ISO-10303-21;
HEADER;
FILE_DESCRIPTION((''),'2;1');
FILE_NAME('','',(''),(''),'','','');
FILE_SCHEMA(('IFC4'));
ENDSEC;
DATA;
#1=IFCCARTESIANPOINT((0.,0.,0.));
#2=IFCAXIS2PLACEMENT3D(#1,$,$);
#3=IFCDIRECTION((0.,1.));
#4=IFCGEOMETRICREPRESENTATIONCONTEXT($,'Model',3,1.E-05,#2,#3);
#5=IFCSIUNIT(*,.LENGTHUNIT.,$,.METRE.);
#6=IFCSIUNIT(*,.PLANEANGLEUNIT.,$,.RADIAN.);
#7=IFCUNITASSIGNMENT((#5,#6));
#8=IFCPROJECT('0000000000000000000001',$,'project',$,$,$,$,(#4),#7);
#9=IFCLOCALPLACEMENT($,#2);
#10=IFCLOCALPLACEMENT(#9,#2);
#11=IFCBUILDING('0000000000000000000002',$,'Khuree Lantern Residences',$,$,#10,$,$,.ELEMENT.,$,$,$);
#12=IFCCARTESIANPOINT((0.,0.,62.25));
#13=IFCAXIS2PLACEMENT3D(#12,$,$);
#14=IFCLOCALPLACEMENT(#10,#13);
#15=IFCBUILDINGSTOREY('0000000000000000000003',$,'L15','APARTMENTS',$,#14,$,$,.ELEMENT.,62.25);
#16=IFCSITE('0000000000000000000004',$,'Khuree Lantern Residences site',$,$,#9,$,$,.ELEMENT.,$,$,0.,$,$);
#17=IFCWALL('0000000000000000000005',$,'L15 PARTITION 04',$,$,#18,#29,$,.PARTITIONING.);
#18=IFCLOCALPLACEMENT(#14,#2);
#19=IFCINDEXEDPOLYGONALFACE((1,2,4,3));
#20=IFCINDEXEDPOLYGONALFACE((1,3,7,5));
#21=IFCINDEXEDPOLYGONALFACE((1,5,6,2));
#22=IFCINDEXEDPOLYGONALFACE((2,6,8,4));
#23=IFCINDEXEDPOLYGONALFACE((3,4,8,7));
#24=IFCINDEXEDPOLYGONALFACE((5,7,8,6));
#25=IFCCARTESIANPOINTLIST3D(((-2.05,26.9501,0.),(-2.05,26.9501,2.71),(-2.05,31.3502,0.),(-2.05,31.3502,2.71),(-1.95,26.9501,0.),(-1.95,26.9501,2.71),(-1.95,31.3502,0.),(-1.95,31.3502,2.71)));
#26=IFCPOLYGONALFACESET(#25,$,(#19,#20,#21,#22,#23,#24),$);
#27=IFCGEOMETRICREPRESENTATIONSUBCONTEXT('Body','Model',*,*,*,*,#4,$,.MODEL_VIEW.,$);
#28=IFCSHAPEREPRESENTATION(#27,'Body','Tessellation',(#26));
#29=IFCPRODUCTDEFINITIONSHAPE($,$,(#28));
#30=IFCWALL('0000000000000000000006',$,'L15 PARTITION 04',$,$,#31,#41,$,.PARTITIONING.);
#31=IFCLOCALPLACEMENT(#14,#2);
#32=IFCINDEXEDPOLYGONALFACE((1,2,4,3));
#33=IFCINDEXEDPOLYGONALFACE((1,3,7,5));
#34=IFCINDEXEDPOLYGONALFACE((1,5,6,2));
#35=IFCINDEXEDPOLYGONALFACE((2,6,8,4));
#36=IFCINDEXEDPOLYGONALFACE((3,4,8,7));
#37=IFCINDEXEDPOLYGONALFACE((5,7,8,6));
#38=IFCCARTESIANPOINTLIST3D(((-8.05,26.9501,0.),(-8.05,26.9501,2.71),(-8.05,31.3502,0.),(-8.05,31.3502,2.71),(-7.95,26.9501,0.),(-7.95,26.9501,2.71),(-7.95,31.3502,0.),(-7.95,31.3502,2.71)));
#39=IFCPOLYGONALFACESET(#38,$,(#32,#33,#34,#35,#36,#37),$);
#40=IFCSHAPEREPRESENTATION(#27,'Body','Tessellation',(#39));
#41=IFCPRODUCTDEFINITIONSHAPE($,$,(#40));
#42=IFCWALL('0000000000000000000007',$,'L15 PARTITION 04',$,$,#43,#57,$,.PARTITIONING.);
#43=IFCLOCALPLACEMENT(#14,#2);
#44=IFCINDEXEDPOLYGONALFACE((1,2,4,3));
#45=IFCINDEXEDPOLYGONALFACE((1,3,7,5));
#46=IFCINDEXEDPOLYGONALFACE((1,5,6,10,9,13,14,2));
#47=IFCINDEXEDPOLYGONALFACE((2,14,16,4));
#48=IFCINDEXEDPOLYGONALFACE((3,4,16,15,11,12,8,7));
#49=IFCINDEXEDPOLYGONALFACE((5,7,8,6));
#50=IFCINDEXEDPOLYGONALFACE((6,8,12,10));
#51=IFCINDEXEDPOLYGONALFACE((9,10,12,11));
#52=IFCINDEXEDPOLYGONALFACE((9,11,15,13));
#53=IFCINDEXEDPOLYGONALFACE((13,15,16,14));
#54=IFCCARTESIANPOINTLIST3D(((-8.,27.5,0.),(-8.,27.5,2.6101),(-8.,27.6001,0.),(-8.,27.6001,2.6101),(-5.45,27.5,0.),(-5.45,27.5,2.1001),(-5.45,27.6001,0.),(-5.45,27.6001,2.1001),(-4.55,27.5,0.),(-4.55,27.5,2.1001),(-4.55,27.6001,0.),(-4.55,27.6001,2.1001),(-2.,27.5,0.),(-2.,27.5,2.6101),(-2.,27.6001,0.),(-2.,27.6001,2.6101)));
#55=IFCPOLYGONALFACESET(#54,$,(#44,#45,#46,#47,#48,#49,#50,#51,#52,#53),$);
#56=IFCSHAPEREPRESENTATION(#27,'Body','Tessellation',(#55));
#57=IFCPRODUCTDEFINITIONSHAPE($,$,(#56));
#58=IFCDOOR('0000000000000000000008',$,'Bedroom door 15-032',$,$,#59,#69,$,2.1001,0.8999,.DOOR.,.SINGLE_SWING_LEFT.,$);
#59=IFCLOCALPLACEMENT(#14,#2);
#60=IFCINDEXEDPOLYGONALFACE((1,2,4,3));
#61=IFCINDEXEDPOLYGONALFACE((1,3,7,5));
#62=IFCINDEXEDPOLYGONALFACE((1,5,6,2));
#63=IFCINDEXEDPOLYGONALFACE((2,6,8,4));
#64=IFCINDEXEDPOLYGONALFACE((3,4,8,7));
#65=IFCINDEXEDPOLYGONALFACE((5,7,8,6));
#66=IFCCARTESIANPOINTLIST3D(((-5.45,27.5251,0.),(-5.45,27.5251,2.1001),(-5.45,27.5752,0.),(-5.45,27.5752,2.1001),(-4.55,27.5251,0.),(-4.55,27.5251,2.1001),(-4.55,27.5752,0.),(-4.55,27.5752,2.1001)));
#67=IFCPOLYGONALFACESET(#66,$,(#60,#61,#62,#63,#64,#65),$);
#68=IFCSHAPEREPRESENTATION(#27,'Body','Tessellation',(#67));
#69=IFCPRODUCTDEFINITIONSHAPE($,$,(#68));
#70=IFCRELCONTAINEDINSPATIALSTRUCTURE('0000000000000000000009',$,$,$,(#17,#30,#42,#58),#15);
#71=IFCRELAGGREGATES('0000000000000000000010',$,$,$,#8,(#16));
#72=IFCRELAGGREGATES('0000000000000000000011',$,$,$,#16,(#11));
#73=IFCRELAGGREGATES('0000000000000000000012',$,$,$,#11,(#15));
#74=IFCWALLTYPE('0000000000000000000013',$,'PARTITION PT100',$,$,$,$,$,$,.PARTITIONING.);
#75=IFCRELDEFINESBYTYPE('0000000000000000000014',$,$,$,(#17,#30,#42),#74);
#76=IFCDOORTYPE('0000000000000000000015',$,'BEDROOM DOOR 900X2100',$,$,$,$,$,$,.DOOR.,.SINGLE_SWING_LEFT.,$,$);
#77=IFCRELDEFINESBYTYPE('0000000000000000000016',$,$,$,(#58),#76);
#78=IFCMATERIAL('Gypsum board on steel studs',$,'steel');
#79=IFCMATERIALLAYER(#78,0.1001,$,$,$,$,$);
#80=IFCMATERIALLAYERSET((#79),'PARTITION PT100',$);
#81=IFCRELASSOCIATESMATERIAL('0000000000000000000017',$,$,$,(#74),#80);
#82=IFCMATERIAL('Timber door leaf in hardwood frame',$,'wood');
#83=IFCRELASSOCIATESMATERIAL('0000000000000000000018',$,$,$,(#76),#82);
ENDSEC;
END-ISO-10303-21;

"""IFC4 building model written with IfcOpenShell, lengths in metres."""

from ifc_helpers import new_model, si_unit, direction, frame, frame_2d, origin, place, context, subcontext, project, spatial, rectangle, extrude, material, layer, layer_set, type_object, element, fill, save


model = new_model("IFC4")

# Units and contexts
model_context = context("Model", 3, precision=1e-05, world=origin(), true_north=direction((0.0, 1.0)))
body_context = subcontext(model_context, "Body", "Model", "MODEL_VIEW")
ifc_project = project(units=[si_unit("LENGTHUNIT", "METRE"), si_unit("PLANEANGLEUNIT", "RADIAN")], contexts=[model_context])

# Site, building, storey
site_placement = place(None, origin())
site = spatial("IfcSite", under=ifc_project, at=site_placement, Name="Khuree Lantern Residences site", CompositionType="ELEMENT", RefElevation=0.0)
building_placement = place(site_placement, origin())
building = spatial("IfcBuilding", under=site, at=building_placement, Name="Khuree Lantern Residences", CompositionType="ELEMENT")
storey_placement = place(building_placement, frame((0.0, 0.0, 62.25)))
storey = spatial("IfcBuildingStorey", under=building, at=storey_placement, Name="L15", Description="APARTMENTS", CompositionType="ELEMENT", Elevation=62.25)

# Walls
ifc_material_1 = material(Name="Gypsum board on steel studs", Category="steel")
ifc_layer_1 = layer(ifc_material_1, 0.1001)
ifc_layer_set_1 = layer_set([ifc_layer_1], Name="PARTITION PT100")
wall_type_1 = type_object("IfcWallType", Name="PARTITION PT100", PredefinedType="PARTITIONING", material=ifc_layer_set_1)
for number, where, z_axis, x_axis, name in (
    (1, (-2.0, 26.95, 0.0), (0.0, 0.0, 1.0), (0.0, 1.0, 0.0), "L15 PARTITION 04"),
    (2, (-8.0, 26.95, 0.0), (0.0, 0.0, 1.0), (0.0, 1.0, 0.0), "L15 PARTITION 04"),
):
    element("IfcWall", number, at=place(storey_placement, frame(where, z_axis=z_axis, x_axis=x_axis)), inside=storey, type_object=wall_type_1, Name=name, PredefinedType="PARTITIONING", context=body_context, shape_type="SweptSolid", body=[
        extrude(rectangle(XDim=4.4001, YDim=0.1001, at=frame_2d((2.2002, 0.0))), origin(), (0.0, 0.0, 1.0), 2.71),
    ])

# Wall, opening, door
wall_1_placement = place(storey_placement, frame((-2.0, 27.55, 0.0), z_axis=(0.0, 0.0, 1.0), x_axis=(-1.0, 0.0, 0.0)))
wall_1 = element("IfcWall", 3, at=wall_1_placement, inside=storey, type_object=wall_type_1, Name="L15 PARTITION 04", PredefinedType="PARTITIONING", context=body_context, shape_type="SweptSolid", body=[
    extrude(rectangle(XDim=6.0, YDim=0.1001, at=frame_2d((3.0, 0.0))), origin(), (0.0, 0.0, 1.0), 2.6101),
])
opening_placement = place(wall_1_placement, frame((2.55, 0.0, 0.0)))
opening = element("IfcOpeningElement", 4, at=opening_placement, cuts=wall_1, PredefinedType="OPENING", context=body_context, shape_type="SweptSolid", body=[
    extrude(rectangle(XDim=0.8999, YDim=2.1001, at=frame_2d((0.45, 1.05))), frame((0.0, 0.0601, 0.0), z_axis=(0.0, -1.0, 0.0), x_axis=(1.0, 0.0, 0.0)), (0.0, 0.0, 1.0), 0.1201),
])
ifc_material_2 = material(Name="Timber door leaf in hardwood frame", Category="wood")
door_type = type_object("IfcDoorType", Name="BEDROOM DOOR 900X2100", OperationType="SINGLE_SWING_LEFT", PredefinedType="DOOR", material=ifc_material_2)
door_placement = place(opening_placement, origin())
door = element("IfcDoor", 5, at=door_placement, inside=storey, type_object=door_type, Name="Bedroom door 15-032", OperationType="SINGLE_SWING_LEFT", OverallHeight=2.1001, OverallWidth=0.8999, PredefinedType="DOOR", context=body_context, shape_type="SweptSolid", body=[
    extrude(rectangle(XDim=0.8999, YDim=2.1001, at=frame_2d((0.45, 1.05))), frame((0.0, 0.0249, 0.0), z_axis=(0.0, -1.0, 0.0), x_axis=(1.0, 0.0, 0.0)), (0.0, 0.0, 1.0), 0.05),
])
fill(opening, door)

save(model, "model.ifc")
